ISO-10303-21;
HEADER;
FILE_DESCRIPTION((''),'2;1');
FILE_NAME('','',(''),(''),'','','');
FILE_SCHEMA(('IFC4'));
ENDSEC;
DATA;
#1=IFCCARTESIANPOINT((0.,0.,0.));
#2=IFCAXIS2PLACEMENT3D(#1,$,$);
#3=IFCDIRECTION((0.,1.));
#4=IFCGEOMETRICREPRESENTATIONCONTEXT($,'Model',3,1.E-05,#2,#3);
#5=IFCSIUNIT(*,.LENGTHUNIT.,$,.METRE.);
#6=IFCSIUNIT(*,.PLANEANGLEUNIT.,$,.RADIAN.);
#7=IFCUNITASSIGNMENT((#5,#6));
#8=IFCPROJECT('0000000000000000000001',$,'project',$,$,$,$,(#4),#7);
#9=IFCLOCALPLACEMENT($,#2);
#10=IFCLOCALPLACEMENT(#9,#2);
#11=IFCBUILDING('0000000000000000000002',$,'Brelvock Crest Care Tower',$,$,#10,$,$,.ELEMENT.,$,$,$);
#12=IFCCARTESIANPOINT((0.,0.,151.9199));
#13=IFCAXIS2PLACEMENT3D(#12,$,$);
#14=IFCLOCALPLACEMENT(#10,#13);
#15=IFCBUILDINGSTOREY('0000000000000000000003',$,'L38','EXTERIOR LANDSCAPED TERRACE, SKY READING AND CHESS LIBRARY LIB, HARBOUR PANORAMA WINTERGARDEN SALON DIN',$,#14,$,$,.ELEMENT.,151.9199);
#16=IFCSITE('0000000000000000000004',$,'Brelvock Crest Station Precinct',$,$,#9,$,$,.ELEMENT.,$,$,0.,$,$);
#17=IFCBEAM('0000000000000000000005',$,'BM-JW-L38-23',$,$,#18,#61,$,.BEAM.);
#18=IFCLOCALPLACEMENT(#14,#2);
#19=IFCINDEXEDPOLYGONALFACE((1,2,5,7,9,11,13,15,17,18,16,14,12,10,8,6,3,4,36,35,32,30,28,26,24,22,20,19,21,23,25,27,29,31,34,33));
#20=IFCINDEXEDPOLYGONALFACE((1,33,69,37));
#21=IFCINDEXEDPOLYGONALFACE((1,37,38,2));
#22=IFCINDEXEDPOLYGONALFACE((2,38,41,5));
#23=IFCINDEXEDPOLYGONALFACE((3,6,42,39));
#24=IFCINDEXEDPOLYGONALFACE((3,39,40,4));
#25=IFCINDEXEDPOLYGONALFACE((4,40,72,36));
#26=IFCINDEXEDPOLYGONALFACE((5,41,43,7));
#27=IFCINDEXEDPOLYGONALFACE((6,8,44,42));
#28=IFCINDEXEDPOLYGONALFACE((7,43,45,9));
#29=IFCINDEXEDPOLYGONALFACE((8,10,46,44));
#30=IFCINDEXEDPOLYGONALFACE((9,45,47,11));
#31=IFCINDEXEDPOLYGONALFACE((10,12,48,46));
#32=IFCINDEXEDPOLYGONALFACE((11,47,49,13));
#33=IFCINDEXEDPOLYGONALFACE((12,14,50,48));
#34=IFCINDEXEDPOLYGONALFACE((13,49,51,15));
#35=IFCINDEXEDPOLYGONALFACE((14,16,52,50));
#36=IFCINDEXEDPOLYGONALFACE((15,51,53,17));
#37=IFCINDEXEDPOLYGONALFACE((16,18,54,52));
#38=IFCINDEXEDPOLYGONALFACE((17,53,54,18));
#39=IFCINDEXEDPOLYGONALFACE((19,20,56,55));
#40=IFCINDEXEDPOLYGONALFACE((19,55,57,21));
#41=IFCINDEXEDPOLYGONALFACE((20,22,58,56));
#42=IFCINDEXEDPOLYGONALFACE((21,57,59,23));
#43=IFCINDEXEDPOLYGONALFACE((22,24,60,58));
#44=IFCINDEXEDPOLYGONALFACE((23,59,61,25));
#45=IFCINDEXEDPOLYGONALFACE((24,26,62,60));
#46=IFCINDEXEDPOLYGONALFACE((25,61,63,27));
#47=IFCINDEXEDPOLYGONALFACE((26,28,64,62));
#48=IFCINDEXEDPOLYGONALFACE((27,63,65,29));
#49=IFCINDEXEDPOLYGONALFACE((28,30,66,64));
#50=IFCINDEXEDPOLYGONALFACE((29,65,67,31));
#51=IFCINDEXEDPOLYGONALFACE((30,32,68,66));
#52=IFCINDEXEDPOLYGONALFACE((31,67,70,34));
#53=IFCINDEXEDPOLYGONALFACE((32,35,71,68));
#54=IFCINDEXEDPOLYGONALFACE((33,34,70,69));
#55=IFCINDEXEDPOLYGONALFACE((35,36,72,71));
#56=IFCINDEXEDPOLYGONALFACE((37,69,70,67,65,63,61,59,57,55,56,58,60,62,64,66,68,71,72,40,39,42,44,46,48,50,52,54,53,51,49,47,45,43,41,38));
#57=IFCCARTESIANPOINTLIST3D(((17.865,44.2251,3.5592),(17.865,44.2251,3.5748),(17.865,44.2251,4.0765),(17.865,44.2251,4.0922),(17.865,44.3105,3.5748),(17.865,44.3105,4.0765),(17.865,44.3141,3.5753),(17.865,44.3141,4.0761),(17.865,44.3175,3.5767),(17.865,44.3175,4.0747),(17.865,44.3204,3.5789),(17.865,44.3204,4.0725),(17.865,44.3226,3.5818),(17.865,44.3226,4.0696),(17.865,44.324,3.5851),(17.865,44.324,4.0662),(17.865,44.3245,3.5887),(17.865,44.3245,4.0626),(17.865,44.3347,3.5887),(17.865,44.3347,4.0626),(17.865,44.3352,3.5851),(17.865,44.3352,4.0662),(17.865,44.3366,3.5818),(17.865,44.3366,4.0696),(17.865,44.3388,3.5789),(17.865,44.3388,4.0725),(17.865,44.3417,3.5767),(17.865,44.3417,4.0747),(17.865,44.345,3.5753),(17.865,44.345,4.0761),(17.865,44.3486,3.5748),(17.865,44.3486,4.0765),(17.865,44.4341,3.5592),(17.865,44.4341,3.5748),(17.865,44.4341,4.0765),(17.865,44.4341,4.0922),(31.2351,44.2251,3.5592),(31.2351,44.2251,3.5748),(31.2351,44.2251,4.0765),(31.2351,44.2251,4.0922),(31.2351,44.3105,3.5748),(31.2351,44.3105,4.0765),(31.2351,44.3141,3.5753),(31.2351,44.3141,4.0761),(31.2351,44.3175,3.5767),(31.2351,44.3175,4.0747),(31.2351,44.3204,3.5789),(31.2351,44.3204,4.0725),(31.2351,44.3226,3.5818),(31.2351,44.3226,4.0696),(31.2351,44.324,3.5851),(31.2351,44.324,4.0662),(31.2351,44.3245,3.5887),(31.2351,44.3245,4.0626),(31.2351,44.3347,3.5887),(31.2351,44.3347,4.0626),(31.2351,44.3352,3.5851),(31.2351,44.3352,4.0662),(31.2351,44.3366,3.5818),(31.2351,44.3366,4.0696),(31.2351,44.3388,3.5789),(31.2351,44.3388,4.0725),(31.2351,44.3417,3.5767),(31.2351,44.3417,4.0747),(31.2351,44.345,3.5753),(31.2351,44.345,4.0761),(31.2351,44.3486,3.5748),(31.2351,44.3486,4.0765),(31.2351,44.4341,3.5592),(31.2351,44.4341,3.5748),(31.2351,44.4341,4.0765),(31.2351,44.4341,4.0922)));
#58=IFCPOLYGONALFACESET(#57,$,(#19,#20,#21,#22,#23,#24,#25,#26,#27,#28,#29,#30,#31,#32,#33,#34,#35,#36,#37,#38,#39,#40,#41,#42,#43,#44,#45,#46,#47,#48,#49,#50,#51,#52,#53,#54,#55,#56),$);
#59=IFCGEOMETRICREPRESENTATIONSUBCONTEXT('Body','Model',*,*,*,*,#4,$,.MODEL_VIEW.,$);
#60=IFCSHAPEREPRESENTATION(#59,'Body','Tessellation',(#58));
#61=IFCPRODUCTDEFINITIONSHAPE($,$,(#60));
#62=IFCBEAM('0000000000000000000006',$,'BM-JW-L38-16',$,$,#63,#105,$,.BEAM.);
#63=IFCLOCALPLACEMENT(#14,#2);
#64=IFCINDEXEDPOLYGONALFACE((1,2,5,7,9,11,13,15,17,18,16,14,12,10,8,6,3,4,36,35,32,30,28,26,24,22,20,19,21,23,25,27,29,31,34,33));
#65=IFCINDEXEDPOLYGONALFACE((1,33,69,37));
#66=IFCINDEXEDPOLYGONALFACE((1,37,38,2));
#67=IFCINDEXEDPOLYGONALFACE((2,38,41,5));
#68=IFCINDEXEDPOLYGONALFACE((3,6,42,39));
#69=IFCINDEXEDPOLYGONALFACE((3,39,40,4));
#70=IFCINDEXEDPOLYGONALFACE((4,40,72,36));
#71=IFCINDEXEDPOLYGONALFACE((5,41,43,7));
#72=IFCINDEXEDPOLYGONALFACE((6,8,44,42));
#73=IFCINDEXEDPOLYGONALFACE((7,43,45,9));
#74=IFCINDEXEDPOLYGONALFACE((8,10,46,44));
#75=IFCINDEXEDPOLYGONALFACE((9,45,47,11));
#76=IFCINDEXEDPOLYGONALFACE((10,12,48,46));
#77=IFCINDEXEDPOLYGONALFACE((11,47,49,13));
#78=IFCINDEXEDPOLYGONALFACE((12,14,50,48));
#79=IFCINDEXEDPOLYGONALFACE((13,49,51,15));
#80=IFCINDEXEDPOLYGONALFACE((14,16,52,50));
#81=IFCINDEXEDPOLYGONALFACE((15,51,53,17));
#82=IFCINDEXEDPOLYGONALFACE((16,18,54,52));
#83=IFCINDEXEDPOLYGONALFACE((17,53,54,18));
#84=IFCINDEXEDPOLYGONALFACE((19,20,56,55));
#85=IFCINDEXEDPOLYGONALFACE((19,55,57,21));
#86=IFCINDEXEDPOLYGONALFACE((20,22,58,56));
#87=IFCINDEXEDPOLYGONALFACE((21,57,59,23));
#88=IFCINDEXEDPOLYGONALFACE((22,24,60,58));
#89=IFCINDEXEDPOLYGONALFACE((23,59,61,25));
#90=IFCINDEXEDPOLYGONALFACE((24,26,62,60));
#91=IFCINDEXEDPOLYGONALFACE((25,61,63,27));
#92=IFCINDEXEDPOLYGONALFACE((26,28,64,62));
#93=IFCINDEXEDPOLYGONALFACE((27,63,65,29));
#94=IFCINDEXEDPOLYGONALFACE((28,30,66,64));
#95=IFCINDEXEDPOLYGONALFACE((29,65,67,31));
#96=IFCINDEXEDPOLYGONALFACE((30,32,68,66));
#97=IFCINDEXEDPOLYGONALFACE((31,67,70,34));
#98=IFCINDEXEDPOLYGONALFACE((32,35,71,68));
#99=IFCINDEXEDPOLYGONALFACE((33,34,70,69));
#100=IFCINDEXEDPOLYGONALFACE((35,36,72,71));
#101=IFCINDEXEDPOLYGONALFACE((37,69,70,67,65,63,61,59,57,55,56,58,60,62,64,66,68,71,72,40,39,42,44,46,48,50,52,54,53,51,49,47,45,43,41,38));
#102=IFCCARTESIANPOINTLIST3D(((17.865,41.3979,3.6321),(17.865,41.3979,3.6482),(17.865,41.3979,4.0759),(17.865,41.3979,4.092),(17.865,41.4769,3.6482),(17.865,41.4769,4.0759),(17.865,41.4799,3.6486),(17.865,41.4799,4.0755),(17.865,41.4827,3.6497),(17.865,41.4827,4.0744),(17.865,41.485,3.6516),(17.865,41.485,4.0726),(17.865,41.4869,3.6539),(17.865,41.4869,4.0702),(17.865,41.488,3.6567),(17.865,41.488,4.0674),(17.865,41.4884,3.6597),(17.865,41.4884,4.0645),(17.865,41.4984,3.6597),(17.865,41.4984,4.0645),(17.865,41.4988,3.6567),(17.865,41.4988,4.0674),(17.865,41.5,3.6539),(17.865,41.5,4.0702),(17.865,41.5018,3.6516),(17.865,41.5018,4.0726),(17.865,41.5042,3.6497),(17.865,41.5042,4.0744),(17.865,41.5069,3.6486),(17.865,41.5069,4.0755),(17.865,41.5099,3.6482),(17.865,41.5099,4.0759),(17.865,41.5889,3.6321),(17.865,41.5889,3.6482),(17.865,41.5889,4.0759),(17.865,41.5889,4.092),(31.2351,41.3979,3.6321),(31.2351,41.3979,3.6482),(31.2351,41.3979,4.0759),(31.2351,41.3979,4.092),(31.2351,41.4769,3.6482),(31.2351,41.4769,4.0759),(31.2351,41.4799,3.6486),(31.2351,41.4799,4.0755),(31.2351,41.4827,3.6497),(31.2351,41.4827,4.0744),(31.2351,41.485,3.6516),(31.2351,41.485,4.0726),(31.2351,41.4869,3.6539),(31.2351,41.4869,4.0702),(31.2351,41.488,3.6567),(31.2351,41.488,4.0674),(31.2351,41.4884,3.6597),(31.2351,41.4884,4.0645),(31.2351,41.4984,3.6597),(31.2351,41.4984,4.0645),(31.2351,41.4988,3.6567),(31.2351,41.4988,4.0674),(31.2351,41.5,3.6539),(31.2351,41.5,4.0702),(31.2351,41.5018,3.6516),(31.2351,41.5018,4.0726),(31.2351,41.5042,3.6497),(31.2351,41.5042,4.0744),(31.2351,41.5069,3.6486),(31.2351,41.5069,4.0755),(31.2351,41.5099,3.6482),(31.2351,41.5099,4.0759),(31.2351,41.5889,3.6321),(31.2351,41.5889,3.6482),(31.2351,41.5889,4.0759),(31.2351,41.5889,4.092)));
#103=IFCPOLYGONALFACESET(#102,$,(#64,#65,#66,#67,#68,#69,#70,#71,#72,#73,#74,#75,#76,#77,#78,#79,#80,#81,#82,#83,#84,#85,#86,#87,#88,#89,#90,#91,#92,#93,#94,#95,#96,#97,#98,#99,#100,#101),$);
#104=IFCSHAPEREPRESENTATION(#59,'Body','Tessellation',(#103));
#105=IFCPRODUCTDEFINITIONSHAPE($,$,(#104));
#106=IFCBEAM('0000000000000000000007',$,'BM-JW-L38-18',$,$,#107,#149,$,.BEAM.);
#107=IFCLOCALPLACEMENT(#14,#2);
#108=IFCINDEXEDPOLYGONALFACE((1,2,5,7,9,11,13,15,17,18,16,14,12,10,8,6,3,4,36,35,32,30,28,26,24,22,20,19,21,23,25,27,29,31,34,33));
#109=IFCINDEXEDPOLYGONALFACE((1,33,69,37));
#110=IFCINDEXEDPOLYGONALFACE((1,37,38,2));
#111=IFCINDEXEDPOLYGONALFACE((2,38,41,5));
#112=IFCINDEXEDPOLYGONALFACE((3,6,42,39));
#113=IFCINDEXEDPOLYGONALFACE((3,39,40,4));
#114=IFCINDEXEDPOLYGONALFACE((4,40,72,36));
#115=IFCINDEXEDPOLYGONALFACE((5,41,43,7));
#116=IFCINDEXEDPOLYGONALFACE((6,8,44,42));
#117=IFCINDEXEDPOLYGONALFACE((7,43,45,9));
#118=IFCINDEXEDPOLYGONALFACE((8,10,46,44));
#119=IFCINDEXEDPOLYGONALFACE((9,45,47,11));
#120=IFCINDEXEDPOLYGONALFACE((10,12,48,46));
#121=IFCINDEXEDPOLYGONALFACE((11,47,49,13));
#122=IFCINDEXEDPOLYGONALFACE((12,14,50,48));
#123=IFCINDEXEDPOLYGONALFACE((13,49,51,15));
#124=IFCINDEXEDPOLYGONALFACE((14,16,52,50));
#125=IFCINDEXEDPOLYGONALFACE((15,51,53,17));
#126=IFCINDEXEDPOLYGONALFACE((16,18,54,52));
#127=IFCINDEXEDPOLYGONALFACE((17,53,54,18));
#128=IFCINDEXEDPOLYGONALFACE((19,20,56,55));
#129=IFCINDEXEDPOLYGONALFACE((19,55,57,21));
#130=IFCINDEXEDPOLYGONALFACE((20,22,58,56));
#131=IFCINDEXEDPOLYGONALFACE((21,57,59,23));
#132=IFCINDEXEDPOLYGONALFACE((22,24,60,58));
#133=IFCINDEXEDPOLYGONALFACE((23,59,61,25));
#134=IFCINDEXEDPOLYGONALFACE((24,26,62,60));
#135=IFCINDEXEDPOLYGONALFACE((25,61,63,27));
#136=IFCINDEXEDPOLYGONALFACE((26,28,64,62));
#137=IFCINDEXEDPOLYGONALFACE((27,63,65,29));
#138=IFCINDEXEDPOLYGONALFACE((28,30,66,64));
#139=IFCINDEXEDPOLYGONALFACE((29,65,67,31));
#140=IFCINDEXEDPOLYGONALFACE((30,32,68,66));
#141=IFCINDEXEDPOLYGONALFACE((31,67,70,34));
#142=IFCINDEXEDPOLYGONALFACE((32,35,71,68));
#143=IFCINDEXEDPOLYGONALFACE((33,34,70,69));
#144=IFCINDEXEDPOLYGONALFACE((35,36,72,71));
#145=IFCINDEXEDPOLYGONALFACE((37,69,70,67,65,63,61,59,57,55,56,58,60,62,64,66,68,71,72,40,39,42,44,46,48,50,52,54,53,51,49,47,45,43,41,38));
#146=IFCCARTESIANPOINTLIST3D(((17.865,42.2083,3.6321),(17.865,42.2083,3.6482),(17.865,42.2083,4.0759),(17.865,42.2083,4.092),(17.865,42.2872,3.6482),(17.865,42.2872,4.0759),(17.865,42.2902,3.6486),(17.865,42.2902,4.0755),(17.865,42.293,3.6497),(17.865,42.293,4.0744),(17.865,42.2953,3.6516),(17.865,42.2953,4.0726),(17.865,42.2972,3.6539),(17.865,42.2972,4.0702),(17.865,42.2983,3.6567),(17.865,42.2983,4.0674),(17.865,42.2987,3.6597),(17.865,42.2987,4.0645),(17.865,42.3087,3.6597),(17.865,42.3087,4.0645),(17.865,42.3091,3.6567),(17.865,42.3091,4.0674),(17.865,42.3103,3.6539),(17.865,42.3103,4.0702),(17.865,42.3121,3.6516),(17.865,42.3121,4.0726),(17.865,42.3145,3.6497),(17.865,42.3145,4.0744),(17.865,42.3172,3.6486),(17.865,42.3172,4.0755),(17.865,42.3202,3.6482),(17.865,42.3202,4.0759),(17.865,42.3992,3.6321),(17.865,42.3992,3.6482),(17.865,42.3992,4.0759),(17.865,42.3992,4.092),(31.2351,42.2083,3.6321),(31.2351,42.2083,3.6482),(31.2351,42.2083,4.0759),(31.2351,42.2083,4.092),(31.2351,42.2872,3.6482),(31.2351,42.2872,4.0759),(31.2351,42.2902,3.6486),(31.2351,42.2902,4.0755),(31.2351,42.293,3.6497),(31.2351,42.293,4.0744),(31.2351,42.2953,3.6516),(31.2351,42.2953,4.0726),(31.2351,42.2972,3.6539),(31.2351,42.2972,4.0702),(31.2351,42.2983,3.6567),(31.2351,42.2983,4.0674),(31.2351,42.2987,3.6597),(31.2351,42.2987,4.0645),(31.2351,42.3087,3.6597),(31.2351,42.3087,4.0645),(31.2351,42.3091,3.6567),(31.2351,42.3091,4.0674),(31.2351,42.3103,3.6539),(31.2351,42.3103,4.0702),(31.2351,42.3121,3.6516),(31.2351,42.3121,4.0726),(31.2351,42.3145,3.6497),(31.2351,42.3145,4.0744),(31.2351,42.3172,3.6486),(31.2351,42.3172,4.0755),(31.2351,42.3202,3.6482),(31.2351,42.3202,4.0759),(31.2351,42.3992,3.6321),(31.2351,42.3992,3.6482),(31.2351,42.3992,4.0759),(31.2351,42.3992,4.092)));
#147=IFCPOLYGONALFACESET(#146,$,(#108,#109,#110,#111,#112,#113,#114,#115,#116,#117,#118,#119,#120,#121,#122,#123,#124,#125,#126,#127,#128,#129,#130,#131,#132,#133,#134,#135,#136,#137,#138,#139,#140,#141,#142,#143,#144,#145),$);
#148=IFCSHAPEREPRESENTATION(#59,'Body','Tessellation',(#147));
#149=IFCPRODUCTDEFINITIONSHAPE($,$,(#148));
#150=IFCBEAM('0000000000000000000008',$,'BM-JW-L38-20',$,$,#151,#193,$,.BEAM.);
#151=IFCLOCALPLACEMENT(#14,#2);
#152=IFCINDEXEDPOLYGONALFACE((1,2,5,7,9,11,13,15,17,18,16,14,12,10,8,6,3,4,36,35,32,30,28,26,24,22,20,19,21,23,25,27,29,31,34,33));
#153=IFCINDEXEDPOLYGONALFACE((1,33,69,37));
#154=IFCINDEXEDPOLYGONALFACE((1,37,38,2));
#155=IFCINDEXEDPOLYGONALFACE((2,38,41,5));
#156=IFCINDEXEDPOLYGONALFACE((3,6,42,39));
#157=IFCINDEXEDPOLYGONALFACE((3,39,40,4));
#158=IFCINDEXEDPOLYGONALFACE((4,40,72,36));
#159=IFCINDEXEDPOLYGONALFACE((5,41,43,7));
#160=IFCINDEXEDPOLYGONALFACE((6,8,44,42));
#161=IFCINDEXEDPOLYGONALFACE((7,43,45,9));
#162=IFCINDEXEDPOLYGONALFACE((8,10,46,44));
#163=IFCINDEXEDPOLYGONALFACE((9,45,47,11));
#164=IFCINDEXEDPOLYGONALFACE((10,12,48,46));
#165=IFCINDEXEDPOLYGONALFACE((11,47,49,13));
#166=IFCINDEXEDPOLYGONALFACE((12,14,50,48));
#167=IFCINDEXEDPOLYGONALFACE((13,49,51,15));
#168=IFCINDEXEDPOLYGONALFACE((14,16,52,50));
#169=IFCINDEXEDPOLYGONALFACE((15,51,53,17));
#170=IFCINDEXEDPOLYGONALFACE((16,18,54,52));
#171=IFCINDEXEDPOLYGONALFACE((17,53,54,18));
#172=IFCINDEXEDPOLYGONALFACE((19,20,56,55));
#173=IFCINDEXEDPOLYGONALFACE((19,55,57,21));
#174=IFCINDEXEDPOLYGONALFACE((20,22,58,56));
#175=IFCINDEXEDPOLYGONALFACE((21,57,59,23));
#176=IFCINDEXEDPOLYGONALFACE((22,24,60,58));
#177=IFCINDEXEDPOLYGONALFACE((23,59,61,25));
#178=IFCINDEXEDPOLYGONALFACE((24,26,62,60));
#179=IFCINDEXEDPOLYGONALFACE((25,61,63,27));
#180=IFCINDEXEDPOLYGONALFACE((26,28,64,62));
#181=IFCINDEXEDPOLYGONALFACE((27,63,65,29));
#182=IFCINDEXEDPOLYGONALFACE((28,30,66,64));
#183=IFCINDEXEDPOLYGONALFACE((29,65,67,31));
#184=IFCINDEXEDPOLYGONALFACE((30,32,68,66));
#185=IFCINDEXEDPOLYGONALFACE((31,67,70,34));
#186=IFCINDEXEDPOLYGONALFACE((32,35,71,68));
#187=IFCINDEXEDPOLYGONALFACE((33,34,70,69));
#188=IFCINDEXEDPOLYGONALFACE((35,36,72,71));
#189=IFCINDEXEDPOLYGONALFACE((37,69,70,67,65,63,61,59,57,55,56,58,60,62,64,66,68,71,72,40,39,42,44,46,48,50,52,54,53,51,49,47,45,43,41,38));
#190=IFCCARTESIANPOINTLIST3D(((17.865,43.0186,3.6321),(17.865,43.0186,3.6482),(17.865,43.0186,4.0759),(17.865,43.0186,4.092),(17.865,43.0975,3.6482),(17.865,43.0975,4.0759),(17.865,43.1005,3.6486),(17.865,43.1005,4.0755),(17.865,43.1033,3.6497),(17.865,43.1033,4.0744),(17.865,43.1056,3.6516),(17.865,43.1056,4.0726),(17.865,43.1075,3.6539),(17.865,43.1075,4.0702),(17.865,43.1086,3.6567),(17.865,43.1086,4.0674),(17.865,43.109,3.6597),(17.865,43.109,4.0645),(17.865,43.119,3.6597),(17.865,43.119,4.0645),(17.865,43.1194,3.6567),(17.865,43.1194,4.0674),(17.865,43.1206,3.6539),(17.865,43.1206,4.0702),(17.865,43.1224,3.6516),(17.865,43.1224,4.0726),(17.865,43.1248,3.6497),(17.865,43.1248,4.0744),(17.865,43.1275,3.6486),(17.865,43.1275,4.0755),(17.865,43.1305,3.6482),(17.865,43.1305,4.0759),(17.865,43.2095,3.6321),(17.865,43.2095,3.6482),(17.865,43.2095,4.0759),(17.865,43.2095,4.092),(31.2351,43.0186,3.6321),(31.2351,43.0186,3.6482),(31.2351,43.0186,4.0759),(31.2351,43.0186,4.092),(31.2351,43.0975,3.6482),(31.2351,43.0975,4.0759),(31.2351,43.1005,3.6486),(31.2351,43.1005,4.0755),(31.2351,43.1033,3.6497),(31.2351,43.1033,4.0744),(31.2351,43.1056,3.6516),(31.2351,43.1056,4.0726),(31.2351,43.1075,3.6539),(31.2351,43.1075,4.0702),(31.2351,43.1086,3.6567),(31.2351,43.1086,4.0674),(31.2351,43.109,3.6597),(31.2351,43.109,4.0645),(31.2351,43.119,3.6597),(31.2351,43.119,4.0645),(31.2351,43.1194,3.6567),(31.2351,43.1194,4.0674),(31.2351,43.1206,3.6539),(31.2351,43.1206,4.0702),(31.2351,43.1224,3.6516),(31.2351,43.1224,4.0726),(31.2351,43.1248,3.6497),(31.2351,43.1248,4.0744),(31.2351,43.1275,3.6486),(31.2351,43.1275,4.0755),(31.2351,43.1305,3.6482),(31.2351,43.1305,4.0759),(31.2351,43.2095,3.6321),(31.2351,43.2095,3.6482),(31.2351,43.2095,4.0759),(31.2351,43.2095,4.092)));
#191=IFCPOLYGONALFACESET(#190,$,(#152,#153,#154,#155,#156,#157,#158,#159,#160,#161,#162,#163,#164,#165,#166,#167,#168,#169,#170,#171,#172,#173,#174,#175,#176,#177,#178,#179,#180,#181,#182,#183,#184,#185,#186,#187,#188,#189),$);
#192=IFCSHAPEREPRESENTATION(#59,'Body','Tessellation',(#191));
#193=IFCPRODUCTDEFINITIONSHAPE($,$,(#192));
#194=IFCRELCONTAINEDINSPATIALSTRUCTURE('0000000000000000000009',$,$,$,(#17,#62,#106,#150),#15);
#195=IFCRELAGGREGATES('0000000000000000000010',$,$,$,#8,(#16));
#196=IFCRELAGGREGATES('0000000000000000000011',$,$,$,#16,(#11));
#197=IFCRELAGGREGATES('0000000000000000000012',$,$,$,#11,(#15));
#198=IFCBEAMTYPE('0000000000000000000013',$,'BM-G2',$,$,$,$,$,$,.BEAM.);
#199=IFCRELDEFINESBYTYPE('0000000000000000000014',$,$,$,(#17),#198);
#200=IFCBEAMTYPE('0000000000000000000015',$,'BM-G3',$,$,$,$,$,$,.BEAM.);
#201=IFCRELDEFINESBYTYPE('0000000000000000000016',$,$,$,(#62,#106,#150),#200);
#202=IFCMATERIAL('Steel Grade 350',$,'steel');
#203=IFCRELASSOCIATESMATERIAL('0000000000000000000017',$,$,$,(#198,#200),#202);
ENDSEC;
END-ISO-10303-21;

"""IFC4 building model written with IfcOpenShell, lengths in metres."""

from ifc_helpers import new_model, si_unit, direction, frame, origin, origin_2d, place, context, subcontext, project, spatial, i_section, extrude, source, transform, mapped, material, material_profile, profile_set, type_object, element, save


model = new_model("IFC4")

# Units and contexts
model_context = context("Model", 3, precision=1e-05, world=origin(), true_north=direction((0.0, 1.0)))
body_context = subcontext(model_context, "Body", "Model", "MODEL_VIEW")
ifc_project = project(units=[si_unit("LENGTHUNIT", "METRE"), si_unit("PLANEANGLEUNIT", "RADIAN")], contexts=[model_context])

# Site, building, storey
site_placement = place(None, origin())
site = spatial("IfcSite", under=ifc_project, at=site_placement, Name="Brelvock Crest Station Precinct", CompositionType="ELEMENT", RefElevation=0.0)
building_placement = place(site_placement, origin())
building = spatial("IfcBuilding", under=site, at=building_placement, Name="Brelvock Crest Care Tower", CompositionType="ELEMENT")
storey_placement = place(building_placement, frame((0.0, 0.0, 151.9199)))
storey = spatial("IfcBuildingStorey", under=building, at=storey_placement, Name="L38", Description="EXTERIOR LANDSCAPED TERRACE, SKY READING AND CHESS LIBRARY LIB, HARBOUR PANORAMA WINTERGARDEN SALON DIN", CompositionType="ELEMENT", Elevation=151.9199)

# Beams
ifc_material = material(Name="Steel Grade 350", Category="steel")
ifc_material_profile_1 = material_profile(ifc_material, i_section(OverallWidth=0.209, OverallDepth=0.533, WebThickness=0.0103, FlangeThickness=0.0156, FilletRadius=0.0139, at=origin_2d()), Name="530UB92.4")
ifc_profile_set_1 = profile_set([ifc_material_profile_1], Name="Steel Grade 350")
beam_type_1 = type_object("IfcBeamType", Name="BM-G2", PredefinedType="BEAM", material=ifc_profile_set_1)
shared_shape_1 = source(origin(), body_context, "Body", "SweptSolid", [
    extrude(i_section(OverallWidth=0.209, OverallDepth=0.533, WebThickness=0.0103, FlangeThickness=0.0156, FilletRadius=0.0139, at=origin_2d()), origin(), (0.0, 0.0, 1.0), 13.3701),
])
for number, where, z_axis, x_axis, name in (
    (1, (17.865, 44.3296, 3.8257), (1.0, 0.0, 0.0), (0.0, 1.0, 0.0), "BM-JW-L38-23"),
):
    element("IfcBeam", number, at=place(storey_placement, frame(where, z_axis=z_axis, x_axis=x_axis)), inside=storey, type_object=beam_type_1, Name=name, PredefinedType="BEAM", context=body_context, shape_type="MappedRepresentation", body=[
        mapped(shared_shape_1, transform((0.0, 0.0, 0.0), x_axis=(1.0, 0.0, 0.0), y_axis=(0.0, 1.0, 0.0), z_axis=(0.0, 0.0, 1.0), scale=1.0)),
    ])
ifc_material_profile_2 = material_profile(ifc_material, i_section(OverallWidth=0.1909, OverallDepth=0.46, WebThickness=0.01, FlangeThickness=0.0161, FilletRadius=0.0115, at=origin_2d()), Name="460UB82.1")
ifc_profile_set_2 = profile_set([ifc_material_profile_2], Name="Steel Grade 350")
beam_type_2 = type_object("IfcBeamType", Name="BM-G3", PredefinedType="BEAM", material=ifc_profile_set_2)
shared_shape_2 = source(origin(), body_context, "Body", "SweptSolid", [
    extrude(i_section(OverallWidth=0.1909, OverallDepth=0.46, WebThickness=0.01, FlangeThickness=0.0161, FilletRadius=0.0115, at=origin_2d()), origin(), (0.0, 0.0, 1.0), 13.3701),
])
for number, where, z_axis, x_axis, name in (
    (2, (17.865, 41.4934, 3.8621), (1.0, 0.0, 0.0), (0.0, 1.0, 0.0), "BM-JW-L38-16"),
    (3, (17.865, 42.3037, 3.8621), (1.0, 0.0, 0.0), (0.0, 1.0, 0.0), "BM-JW-L38-18"),
    (4, (17.865, 43.114, 3.8621), (1.0, 0.0, 0.0), (0.0, 1.0, 0.0), "BM-JW-L38-20"),
):
    element("IfcBeam", number, at=place(storey_placement, frame(where, z_axis=z_axis, x_axis=x_axis)), inside=storey, type_object=beam_type_2, Name=name, PredefinedType="BEAM", context=body_context, shape_type="MappedRepresentation", body=[
        mapped(shared_shape_2, transform((0.0, 0.0, 0.0), x_axis=(1.0, 0.0, 0.0), y_axis=(0.0, 1.0, 0.0), z_axis=(0.0, 0.0, 1.0), scale=1.0)),
    ])

save(model, "model.ifc")
